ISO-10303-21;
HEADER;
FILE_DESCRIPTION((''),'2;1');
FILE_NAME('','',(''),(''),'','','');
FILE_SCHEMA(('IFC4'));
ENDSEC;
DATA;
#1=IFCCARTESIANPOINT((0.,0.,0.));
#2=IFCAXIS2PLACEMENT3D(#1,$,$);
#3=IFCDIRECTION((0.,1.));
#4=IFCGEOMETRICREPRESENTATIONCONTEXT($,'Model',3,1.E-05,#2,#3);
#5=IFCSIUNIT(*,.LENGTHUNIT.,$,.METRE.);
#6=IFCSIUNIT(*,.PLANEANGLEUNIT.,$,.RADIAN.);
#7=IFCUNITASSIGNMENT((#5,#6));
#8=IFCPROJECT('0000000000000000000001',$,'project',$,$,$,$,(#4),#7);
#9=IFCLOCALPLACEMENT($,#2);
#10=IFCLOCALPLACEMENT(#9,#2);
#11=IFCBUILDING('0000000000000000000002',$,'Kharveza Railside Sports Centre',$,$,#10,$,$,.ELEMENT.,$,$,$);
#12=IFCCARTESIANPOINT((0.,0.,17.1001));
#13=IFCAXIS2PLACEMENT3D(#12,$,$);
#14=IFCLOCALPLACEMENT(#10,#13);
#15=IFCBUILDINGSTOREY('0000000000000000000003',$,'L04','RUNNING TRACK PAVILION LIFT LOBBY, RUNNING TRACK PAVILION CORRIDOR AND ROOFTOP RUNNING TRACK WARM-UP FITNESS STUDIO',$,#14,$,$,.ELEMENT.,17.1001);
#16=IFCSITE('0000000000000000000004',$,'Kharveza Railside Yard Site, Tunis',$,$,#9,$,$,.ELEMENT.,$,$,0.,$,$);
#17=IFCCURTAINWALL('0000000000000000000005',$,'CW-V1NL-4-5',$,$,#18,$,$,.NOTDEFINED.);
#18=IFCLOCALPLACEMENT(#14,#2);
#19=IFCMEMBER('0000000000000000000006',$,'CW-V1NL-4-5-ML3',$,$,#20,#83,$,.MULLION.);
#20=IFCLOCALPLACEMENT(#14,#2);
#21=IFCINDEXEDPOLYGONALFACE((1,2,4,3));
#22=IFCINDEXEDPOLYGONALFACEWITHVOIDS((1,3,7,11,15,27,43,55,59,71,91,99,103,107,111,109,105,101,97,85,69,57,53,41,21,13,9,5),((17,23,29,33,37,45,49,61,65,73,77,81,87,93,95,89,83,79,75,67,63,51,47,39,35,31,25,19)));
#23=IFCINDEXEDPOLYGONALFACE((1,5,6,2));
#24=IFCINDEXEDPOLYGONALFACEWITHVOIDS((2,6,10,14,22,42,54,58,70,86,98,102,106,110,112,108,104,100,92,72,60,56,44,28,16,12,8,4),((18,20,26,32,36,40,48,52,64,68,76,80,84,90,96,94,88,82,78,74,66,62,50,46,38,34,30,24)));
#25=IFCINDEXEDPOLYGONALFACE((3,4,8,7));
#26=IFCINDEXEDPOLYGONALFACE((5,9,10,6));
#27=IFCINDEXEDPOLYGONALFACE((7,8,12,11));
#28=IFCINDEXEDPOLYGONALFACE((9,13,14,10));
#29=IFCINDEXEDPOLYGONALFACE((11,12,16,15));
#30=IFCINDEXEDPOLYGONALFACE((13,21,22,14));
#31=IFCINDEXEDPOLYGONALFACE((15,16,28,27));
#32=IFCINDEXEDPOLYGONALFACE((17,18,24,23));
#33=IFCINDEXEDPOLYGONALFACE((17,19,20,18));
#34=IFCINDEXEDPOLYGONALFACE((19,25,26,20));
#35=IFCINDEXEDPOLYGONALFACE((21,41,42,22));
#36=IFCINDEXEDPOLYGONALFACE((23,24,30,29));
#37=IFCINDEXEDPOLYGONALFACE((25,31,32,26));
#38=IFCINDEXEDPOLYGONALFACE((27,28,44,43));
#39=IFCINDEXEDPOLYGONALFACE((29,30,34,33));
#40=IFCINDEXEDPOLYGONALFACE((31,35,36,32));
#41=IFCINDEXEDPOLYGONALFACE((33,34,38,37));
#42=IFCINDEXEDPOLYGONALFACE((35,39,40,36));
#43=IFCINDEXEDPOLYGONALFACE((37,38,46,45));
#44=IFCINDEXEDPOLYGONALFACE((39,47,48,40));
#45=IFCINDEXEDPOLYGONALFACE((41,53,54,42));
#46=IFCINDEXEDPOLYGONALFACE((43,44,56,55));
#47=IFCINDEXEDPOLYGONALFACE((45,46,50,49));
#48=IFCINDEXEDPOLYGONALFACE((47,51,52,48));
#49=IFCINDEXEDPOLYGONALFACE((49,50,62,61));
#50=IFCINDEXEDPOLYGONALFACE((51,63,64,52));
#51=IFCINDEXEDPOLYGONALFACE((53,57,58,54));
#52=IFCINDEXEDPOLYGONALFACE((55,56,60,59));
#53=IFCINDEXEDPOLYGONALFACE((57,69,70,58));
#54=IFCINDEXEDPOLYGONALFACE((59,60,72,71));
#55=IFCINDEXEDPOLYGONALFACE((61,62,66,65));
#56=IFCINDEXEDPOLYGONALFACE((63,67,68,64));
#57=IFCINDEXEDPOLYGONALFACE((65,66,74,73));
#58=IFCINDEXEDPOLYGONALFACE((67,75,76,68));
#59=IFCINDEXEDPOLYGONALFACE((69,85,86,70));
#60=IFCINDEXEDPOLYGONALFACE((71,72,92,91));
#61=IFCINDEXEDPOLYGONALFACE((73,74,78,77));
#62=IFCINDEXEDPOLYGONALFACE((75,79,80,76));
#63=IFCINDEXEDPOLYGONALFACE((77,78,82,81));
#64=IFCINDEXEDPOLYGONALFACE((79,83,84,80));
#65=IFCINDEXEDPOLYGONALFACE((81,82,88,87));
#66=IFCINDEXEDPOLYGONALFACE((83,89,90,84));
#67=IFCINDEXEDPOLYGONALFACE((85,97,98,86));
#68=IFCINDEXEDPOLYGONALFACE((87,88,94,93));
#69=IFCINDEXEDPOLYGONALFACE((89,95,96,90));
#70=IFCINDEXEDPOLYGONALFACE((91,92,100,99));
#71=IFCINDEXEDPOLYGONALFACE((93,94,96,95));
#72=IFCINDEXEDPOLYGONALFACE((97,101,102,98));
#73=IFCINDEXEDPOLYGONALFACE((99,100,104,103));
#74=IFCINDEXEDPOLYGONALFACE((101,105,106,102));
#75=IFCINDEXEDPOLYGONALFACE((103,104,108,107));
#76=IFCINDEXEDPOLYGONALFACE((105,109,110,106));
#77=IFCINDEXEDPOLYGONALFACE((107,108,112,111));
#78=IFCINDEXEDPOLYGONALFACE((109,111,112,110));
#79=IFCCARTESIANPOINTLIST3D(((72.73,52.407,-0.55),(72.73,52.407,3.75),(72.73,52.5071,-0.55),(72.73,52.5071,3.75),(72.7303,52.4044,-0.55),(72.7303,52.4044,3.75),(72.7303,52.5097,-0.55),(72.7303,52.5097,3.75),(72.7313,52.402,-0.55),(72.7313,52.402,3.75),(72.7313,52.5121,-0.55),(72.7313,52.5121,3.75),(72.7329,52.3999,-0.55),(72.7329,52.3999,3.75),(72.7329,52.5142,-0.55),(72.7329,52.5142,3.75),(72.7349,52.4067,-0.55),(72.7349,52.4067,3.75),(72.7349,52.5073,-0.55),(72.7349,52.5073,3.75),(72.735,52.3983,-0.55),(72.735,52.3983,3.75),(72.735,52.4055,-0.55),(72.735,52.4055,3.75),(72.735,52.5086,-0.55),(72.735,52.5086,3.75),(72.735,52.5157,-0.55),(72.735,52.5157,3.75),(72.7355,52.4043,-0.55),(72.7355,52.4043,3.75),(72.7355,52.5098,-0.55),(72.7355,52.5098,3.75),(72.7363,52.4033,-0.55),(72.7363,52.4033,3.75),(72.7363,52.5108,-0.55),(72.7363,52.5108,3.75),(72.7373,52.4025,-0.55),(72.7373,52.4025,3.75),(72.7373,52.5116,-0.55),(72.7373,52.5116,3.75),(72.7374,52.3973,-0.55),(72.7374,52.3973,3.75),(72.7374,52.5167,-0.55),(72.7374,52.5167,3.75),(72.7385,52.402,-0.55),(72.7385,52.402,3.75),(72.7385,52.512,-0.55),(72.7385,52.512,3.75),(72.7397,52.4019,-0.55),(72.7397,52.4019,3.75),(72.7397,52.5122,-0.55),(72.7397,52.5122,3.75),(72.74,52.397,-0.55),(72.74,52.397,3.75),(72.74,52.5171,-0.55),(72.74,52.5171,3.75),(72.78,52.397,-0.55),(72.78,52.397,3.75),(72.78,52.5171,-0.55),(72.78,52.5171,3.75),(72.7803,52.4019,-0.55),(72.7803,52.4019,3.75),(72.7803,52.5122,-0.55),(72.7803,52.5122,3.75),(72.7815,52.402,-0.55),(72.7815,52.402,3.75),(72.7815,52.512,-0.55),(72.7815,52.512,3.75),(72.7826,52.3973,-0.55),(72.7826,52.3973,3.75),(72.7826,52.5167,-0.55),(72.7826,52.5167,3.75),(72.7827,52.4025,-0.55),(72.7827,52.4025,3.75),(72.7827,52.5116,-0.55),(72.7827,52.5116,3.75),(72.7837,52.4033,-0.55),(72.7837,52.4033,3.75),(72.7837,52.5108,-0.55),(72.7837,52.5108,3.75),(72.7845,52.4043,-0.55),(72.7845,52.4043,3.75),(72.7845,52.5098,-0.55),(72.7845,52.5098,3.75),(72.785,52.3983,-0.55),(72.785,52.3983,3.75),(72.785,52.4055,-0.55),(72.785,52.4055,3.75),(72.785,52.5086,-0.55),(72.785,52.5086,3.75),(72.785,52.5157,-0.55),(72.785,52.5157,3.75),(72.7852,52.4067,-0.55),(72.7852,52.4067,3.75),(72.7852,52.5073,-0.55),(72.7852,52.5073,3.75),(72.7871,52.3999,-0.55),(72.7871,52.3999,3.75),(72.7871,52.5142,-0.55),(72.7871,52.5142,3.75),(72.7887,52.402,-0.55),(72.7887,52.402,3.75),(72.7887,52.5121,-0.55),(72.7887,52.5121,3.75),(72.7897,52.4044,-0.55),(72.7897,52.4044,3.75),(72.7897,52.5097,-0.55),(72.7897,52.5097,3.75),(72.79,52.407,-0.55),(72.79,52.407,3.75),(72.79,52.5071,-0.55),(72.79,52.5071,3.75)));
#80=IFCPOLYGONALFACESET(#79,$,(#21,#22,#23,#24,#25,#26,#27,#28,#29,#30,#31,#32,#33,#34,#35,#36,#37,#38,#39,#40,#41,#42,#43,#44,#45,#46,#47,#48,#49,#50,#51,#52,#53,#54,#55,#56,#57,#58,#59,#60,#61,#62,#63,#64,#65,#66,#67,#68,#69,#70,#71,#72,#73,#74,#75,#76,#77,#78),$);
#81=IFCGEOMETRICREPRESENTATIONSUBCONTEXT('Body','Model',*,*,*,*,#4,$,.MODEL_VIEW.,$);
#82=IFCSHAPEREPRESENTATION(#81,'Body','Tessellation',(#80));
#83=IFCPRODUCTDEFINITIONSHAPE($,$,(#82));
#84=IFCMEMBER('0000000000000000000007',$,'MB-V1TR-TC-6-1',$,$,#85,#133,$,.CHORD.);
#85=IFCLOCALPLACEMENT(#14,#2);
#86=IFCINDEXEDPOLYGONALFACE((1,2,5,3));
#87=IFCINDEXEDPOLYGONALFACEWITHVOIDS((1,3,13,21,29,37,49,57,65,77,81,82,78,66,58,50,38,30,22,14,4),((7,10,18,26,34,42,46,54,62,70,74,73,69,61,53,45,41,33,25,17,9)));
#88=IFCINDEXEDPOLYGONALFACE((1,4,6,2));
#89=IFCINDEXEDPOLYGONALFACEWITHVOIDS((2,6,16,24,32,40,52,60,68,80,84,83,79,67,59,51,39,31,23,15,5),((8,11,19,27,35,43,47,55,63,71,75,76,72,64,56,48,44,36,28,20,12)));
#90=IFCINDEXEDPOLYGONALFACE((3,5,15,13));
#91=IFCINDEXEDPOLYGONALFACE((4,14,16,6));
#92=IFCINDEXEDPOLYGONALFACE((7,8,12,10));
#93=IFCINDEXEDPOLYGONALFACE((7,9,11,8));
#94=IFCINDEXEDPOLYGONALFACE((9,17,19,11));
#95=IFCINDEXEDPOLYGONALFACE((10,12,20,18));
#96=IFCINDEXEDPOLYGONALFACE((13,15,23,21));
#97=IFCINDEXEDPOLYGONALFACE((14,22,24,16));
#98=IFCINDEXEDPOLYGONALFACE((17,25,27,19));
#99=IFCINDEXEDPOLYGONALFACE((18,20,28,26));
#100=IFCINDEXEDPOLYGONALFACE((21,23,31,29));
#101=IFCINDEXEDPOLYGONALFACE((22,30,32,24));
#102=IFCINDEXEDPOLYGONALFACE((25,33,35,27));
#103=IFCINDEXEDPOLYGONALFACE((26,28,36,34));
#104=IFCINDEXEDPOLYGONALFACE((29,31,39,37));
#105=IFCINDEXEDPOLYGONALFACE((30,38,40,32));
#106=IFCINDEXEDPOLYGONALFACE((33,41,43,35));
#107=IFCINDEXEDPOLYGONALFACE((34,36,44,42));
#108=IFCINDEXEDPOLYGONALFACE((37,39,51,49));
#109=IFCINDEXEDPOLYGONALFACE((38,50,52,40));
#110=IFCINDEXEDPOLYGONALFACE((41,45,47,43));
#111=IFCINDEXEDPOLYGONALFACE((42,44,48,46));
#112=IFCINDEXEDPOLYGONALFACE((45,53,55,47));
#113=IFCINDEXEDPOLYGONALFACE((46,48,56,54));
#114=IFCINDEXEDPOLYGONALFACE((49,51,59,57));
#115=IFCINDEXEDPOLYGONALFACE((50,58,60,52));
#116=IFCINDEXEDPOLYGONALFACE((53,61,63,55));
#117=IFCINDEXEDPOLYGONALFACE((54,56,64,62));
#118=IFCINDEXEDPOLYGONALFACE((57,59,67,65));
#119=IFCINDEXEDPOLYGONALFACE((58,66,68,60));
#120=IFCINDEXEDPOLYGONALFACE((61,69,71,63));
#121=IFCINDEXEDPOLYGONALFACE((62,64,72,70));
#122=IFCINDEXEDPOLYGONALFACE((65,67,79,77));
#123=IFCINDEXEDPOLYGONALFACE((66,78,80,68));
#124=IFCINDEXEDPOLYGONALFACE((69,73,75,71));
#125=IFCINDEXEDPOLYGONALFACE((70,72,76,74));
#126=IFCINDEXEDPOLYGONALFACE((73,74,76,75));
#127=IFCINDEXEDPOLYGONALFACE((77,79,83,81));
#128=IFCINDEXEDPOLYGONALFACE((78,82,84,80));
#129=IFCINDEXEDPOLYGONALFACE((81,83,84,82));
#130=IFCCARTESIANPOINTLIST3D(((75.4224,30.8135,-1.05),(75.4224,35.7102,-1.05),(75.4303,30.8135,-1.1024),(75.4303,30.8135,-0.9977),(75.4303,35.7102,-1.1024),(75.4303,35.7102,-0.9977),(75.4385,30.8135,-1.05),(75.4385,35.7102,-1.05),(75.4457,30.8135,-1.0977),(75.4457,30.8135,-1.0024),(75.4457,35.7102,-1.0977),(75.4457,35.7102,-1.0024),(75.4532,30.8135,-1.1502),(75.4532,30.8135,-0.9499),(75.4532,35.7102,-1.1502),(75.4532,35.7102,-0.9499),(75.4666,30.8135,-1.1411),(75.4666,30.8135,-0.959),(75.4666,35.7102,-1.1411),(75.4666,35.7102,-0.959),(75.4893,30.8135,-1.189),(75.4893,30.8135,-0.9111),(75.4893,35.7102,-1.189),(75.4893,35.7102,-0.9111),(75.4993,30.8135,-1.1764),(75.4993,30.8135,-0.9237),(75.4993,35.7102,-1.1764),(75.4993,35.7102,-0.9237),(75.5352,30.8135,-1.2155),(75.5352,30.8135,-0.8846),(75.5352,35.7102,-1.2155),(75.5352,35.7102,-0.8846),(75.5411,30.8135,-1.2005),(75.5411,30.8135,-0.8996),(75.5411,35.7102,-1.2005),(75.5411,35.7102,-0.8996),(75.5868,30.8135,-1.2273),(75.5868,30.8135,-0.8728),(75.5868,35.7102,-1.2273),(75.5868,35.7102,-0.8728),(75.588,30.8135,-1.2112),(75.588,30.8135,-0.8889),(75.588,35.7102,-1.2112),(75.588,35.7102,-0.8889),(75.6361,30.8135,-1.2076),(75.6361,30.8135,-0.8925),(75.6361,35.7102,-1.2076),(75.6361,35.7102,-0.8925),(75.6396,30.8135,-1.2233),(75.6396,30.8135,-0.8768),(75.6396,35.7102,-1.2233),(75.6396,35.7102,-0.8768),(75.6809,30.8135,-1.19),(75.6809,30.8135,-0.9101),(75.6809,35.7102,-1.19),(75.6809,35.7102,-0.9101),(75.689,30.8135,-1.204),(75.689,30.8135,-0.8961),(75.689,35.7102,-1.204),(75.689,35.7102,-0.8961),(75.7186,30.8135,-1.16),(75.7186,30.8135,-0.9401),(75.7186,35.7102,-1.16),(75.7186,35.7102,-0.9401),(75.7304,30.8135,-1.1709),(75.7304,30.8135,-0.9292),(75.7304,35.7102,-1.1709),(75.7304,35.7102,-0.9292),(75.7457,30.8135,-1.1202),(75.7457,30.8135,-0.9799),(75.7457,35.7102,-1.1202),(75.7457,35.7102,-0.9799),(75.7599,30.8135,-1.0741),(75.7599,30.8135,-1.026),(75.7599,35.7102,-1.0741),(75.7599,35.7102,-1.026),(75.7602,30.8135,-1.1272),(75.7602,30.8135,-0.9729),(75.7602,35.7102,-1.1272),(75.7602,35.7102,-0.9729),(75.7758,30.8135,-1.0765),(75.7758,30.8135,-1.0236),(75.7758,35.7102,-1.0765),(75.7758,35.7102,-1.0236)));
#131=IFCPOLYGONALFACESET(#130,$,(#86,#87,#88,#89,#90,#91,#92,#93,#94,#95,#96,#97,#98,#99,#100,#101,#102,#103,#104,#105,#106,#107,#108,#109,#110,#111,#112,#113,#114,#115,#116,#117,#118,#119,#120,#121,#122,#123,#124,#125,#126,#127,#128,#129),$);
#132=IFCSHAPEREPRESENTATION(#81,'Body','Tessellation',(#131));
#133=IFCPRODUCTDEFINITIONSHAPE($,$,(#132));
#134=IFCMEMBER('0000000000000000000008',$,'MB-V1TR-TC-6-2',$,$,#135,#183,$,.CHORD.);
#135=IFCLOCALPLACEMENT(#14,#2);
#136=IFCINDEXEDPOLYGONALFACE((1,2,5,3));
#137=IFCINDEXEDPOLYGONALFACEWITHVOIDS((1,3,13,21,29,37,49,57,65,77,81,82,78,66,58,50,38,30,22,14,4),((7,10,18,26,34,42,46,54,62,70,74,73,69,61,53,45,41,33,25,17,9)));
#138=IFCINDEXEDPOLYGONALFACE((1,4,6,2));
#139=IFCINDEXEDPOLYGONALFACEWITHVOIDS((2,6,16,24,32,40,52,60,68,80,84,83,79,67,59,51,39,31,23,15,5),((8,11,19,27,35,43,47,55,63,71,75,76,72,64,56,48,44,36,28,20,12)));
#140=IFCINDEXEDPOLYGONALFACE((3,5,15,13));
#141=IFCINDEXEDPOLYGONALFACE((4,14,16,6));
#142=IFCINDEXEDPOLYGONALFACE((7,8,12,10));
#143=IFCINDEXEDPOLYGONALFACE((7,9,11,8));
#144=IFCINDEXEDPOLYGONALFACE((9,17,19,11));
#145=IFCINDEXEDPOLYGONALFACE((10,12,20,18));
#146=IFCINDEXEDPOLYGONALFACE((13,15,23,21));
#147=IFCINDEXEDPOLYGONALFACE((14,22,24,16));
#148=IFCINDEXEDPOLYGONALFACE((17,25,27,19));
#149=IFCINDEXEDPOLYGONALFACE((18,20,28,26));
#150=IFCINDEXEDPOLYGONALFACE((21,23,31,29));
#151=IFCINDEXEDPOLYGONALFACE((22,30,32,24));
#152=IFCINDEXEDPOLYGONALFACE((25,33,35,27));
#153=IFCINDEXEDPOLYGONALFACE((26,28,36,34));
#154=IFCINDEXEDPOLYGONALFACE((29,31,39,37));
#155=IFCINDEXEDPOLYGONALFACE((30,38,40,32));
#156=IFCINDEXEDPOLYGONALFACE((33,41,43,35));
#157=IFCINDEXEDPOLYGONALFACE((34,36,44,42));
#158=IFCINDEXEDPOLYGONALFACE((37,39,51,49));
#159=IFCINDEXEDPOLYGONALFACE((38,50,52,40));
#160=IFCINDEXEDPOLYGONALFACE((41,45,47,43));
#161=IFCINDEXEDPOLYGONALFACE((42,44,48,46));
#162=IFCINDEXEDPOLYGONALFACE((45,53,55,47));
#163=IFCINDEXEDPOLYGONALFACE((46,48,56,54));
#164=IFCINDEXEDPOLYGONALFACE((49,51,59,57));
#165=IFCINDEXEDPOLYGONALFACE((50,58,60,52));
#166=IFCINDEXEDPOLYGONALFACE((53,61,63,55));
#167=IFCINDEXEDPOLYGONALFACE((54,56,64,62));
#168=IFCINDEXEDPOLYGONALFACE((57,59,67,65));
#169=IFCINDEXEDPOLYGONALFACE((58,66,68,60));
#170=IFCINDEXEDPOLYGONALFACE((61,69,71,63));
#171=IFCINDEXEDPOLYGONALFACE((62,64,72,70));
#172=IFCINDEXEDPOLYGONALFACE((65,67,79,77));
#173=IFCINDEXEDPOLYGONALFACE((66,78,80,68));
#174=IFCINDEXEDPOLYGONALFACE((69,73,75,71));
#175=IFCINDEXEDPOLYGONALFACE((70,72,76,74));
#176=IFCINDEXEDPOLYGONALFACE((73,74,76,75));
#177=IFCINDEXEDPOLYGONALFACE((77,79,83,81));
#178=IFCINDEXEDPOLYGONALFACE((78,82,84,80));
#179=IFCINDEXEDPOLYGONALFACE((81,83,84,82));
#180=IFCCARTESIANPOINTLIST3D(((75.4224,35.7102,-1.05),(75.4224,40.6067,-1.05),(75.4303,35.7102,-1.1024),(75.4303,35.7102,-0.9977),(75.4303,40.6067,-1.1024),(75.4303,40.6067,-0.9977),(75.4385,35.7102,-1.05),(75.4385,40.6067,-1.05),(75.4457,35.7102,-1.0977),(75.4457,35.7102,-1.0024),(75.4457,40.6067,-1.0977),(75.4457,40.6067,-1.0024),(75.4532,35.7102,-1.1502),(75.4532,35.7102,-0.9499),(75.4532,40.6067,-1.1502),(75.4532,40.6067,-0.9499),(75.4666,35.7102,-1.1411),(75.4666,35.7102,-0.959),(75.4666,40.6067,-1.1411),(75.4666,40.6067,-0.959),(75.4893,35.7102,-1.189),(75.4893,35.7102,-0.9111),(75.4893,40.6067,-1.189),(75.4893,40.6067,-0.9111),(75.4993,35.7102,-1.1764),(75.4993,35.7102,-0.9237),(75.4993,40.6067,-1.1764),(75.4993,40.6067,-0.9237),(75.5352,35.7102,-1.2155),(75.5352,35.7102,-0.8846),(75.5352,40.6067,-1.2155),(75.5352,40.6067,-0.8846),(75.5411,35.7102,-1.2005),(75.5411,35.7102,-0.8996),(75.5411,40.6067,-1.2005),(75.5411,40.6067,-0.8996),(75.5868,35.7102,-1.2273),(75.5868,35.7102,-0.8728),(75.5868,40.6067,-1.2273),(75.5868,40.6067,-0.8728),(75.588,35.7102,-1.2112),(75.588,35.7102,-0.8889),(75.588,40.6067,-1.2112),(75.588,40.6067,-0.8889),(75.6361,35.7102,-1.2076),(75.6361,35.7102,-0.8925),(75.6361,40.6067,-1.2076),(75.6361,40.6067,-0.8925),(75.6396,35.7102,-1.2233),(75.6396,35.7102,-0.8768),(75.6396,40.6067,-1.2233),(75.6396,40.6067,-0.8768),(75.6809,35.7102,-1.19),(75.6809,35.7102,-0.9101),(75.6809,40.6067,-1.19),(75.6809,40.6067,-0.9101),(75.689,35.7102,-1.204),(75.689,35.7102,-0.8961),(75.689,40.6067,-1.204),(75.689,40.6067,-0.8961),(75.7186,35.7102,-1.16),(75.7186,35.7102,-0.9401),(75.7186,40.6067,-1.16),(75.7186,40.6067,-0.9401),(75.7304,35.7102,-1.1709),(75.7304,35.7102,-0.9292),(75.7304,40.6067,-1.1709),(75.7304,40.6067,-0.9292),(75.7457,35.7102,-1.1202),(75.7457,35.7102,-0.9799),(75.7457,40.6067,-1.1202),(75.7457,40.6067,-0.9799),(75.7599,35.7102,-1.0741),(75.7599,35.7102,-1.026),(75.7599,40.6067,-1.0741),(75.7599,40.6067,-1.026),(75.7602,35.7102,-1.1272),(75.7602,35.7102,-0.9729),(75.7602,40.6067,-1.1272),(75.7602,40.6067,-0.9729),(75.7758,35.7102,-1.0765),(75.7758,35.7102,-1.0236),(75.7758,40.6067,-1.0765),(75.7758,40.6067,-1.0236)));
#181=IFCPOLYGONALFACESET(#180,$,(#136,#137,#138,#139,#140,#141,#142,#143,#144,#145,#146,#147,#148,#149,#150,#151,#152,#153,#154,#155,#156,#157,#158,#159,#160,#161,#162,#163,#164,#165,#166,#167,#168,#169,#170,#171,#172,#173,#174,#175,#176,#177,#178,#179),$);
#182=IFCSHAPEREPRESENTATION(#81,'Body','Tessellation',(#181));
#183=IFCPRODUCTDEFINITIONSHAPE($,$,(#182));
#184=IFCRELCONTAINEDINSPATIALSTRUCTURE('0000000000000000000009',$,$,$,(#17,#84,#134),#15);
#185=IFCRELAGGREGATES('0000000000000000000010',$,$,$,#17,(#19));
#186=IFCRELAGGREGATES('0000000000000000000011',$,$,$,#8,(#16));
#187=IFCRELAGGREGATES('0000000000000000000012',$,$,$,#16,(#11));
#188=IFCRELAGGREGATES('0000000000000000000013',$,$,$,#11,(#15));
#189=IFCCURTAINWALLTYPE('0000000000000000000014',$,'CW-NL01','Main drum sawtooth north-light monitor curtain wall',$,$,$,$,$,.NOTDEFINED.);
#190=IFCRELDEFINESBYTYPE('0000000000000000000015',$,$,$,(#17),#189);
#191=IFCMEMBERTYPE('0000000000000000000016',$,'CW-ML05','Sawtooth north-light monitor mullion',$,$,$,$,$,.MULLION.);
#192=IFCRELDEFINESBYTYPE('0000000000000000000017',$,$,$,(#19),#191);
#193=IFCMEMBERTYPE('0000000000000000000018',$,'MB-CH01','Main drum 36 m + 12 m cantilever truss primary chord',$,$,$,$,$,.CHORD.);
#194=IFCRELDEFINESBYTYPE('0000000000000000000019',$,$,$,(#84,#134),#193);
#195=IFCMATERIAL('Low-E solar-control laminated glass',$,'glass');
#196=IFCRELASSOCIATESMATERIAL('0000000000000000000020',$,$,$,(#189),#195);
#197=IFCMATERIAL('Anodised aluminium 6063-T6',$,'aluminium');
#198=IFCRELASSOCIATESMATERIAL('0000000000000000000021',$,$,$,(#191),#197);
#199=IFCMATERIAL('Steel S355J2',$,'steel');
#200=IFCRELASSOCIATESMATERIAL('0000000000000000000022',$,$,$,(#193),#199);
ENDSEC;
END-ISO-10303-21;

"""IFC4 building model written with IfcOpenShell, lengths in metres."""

from ifc_helpers import new_model, si_unit, direction, frame, origin, origin_2d, place, context, subcontext, project, spatial, hollow_rectangle, hollow_circle, extrude, material, material_profile, profile_set, type_object, element, aggregate, save


model = new_model("IFC4")

# Units and contexts
model_context = context("Model", 3, precision=1e-05, world=origin(), true_north=direction((0.0, 1.0)))
body_context = subcontext(model_context, "Body", "Model", "MODEL_VIEW")
ifc_project = project(units=[si_unit("LENGTHUNIT", "METRE"), si_unit("PLANEANGLEUNIT", "RADIAN")], contexts=[model_context])

# Site, building, storey
site_placement = place(None, origin())
site = spatial("IfcSite", under=ifc_project, at=site_placement, Name="Kharveza Railside Yard Site, Tunis", CompositionType="ELEMENT", RefElevation=0.0)
building_placement = place(site_placement, origin())
building = spatial("IfcBuilding", under=site, at=building_placement, Name="Kharveza Railside Sports Centre", CompositionType="ELEMENT")
storey_placement = place(building_placement, frame((0.0, 0.0, 17.1001)))
storey = spatial("IfcBuildingStorey", under=building, at=storey_placement, Name="L04", Description="RUNNING TRACK PAVILION LIFT LOBBY, RUNNING TRACK PAVILION CORRIDOR AND ROOFTOP RUNNING TRACK WARM-UP FITNESS STUDIO", CompositionType="ELEMENT", Elevation=17.1001)

# Shared definitions
ifc_material_1 = material(Name="Low-E solar-control laminated glass", Category="glass")
curtain_wall_type = type_object("IfcCurtainWallType", Name="CW-NL01", Description="Main drum sawtooth north-light monitor curtain wall", PredefinedType="NOTDEFINED", material=ifc_material_1)
ifc_material_2 = material(Name="Anodised aluminium 6063-T6", Category="aluminium")
ifc_material_profile_1 = material_profile(ifc_material_2, hollow_rectangle(XDim=0.0601, YDim=0.1201, WallThickness=0.0049, InnerFilletRadius=0.0049, OuterFilletRadius=0.01, at=origin_2d()), Name="RHS 60x120x5.0")
ifc_profile_set_1 = profile_set([ifc_material_profile_1], Name="Anodised aluminium 6063-T6")
member_type_1 = type_object("IfcMemberType", Name="CW-ML05", Description="Sawtooth north-light monitor mullion", PredefinedType="MULLION", material=ifc_profile_set_1)

# Curtain wall, member
curtain_wall_1_placement = place(storey_placement, origin())
curtain_wall_1 = element("IfcCurtainWall", 1, at=curtain_wall_1_placement, inside=storey, type_object=curtain_wall_type, Name="CW-V1NL-4-5", PredefinedType="NOTDEFINED")
member_1_placement = place(storey_placement, frame((72.76, 52.457, -0.55), z_axis=(0.0, 0.0, 1.0), x_axis=(1.0, 0.0, 0.0)))
member_1 = element("IfcMember", 2, at=member_1_placement, type_object=member_type_1, Name="CW-V1NL-4-5-ML3", PredefinedType="MULLION", context=body_context, shape_type="SweptSolid", body=[
    extrude(hollow_rectangle(XDim=0.0601, YDim=0.1201, WallThickness=0.0049, InnerFilletRadius=0.0049, OuterFilletRadius=0.01, at=origin_2d()), origin(), (0.0, 0.0, 1.0), 4.3),
])

# Members
ifc_material_3 = material(Name="Steel S355J2", Category="steel")
ifc_material_profile_2 = material_profile(ifc_material_3, hollow_circle(Radius=0.1777, WallThickness=0.0161, at=origin_2d()), Name="CHS 355.6x16.0")
ifc_profile_set_2 = profile_set([ifc_material_profile_2], Name="Steel S355J2")
member_type_2 = type_object("IfcMemberType", Name="MB-CH01", Description="Main drum 36 m + 12 m cantilever truss primary chord", PredefinedType="CHORD", material=ifc_profile_set_2)
member_2_placement = place(storey_placement, frame((75.6001, 30.8135, -1.05), z_axis=(0.0, 1.0, 0.0), x_axis=(-1.0, 0.0, 0.0)))
element("IfcMember", 3, at=member_2_placement, inside=storey, type_object=member_type_2, Name="MB-V1TR-TC-6-1", PredefinedType="CHORD", context=body_context, shape_type="SweptSolid", body=[
    extrude(hollow_circle(Radius=0.1777, WallThickness=0.0161, at=origin_2d()), origin(), (0.0, 0.0, 1.0), 4.8967),
])
member_3_placement = place(storey_placement, frame((75.6001, 35.7102, -1.05), z_axis=(0.0, 1.0, 0.0), x_axis=(-1.0, 0.0, 0.0)))
element("IfcMember", 4, at=member_3_placement, inside=storey, type_object=member_type_2, Name="MB-V1TR-TC-6-2", PredefinedType="CHORD", context=body_context, shape_type="SweptSolid", body=[
    extrude(hollow_circle(Radius=0.1777, WallThickness=0.0161, at=origin_2d()), origin(), (0.0, 0.0, 1.0), 4.8965),
])

aggregate(curtain_wall_1, [member_1])

save(model, "model.ifc")
